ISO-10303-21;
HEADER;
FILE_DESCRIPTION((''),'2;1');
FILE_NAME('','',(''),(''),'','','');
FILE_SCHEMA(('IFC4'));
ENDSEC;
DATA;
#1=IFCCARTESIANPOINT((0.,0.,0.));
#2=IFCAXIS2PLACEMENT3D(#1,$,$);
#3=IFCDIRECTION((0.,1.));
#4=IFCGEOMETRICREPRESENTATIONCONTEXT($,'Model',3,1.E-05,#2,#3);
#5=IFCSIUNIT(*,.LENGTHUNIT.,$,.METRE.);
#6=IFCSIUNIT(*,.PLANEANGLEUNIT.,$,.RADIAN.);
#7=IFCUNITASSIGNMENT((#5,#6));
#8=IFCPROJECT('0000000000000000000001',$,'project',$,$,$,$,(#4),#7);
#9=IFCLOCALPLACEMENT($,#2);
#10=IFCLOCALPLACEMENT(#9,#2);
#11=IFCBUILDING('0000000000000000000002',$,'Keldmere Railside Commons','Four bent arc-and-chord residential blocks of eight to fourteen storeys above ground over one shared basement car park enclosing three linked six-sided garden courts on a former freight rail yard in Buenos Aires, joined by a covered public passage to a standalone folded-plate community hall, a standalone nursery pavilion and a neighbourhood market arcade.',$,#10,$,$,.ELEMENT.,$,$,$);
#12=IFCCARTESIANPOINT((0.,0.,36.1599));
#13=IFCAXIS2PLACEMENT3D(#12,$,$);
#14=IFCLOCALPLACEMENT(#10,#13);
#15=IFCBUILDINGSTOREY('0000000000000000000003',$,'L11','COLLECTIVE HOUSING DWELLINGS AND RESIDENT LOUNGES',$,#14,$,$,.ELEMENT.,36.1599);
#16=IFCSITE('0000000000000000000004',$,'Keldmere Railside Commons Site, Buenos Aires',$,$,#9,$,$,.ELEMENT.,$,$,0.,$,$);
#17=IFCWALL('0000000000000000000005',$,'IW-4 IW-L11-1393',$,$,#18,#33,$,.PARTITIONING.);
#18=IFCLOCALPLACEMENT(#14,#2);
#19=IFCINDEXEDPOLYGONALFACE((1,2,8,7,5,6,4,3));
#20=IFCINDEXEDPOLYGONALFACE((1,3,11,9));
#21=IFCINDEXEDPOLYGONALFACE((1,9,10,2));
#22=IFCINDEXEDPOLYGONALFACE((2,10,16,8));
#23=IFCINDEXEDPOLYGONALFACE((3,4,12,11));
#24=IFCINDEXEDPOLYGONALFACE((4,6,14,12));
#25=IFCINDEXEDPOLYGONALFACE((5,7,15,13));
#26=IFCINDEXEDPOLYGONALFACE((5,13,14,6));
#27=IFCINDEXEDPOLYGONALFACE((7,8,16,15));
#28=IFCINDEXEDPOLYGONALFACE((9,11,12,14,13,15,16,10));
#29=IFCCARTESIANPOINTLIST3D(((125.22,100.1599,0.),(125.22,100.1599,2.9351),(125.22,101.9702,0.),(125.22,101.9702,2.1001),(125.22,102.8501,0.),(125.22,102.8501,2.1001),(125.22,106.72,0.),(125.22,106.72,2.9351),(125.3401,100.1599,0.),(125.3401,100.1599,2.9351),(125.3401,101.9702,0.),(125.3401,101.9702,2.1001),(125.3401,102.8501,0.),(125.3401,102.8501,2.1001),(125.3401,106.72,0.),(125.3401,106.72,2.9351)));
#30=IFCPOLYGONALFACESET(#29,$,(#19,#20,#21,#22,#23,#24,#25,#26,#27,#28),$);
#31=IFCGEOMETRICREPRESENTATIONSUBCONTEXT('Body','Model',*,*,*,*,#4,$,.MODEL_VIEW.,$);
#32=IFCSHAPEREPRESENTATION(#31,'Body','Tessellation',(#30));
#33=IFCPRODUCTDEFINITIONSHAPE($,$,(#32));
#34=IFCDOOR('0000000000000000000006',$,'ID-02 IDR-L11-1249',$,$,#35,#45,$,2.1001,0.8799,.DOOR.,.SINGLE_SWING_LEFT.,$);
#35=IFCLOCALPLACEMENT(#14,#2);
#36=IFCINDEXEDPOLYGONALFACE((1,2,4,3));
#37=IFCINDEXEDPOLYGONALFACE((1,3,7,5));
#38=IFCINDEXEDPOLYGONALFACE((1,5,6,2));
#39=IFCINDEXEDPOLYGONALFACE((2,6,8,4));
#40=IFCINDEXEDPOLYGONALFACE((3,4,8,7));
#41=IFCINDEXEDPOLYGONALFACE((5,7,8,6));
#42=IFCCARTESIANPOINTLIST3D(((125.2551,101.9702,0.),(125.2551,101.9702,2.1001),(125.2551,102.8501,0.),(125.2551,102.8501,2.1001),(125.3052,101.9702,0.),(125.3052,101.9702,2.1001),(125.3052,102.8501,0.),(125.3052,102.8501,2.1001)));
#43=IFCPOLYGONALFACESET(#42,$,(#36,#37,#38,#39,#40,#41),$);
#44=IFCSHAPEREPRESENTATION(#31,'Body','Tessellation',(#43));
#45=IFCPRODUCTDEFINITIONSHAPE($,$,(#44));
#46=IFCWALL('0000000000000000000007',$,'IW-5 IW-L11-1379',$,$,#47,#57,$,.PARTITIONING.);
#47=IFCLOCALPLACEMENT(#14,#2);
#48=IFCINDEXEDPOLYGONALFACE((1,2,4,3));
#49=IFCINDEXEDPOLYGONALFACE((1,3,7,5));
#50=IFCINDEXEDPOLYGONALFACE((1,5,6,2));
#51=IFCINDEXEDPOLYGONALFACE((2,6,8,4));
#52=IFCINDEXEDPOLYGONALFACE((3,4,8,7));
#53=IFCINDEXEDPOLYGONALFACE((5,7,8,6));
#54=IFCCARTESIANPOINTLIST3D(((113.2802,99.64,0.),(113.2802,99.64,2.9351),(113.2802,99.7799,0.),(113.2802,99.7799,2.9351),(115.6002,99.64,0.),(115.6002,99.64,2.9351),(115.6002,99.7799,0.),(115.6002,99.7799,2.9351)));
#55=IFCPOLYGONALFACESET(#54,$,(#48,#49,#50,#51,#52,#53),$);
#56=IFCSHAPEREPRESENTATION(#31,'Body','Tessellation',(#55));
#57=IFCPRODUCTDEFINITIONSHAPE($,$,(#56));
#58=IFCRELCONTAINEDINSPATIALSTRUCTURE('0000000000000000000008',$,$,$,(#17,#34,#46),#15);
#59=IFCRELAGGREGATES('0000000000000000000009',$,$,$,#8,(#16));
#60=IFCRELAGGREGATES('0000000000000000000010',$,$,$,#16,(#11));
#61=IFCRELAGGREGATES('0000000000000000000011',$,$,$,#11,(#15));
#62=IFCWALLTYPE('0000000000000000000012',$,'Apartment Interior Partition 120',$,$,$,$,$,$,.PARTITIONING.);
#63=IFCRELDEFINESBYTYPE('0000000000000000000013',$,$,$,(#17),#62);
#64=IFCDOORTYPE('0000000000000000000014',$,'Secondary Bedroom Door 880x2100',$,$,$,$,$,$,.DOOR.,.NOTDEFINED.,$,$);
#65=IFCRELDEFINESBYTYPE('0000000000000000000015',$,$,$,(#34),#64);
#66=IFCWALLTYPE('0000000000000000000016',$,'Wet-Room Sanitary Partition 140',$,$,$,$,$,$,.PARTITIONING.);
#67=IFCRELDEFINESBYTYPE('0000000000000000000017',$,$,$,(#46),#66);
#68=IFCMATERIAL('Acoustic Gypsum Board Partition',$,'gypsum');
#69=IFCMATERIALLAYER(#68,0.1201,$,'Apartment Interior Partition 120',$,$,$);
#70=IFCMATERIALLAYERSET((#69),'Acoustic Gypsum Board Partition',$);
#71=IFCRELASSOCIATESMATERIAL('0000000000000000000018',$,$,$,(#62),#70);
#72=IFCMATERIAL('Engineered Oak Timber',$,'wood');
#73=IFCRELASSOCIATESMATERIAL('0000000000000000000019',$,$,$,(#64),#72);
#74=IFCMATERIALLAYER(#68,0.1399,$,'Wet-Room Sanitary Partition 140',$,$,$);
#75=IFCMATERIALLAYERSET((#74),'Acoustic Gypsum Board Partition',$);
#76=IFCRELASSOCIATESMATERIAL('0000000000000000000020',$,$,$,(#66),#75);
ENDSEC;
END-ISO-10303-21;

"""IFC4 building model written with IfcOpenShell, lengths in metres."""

from ifc_helpers import new_model, si_unit, direction, frame, frame_2d, origin, place, context, subcontext, project, spatial, rectangle, extrude, material, layer, layer_set, type_object, element, fill, save


model = new_model("IFC4")

# Units and contexts
model_context = context("Model", 3, precision=1e-05, world=origin(), true_north=direction((0.0, 1.0)))
body_context = subcontext(model_context, "Body", "Model", "MODEL_VIEW")
ifc_project = project(units=[si_unit("LENGTHUNIT", "METRE"), si_unit("PLANEANGLEUNIT", "RADIAN")], contexts=[model_context])

# Site, building, storey
site_placement = place(None, origin())
site = spatial("IfcSite", under=ifc_project, at=site_placement, Name="Keldmere Railside Commons Site, Buenos Aires", CompositionType="ELEMENT", RefElevation=0.0)
building_placement = place(site_placement, origin())
building = spatial("IfcBuilding", under=site, at=building_placement, Name="Keldmere Railside Commons", Description="Four bent arc-and-chord residential blocks of eight to fourteen storeys above ground over one shared basement car park enclosing three linked six-sided garden courts on a former freight rail yard in Buenos Aires, joined by a covered public passage to a standalone folded-plate community hall, a standalone nursery pavilion and a neighbourhood market arcade.", CompositionType="ELEMENT")
storey_placement = place(building_placement, frame((0.0, 0.0, 36.1599)))
storey = spatial("IfcBuildingStorey", under=building, at=storey_placement, Name="L11", Description="COLLECTIVE HOUSING DWELLINGS AND RESIDENT LOUNGES", CompositionType="ELEMENT", Elevation=36.1599)

# Shared definitions
ifc_material_1 = material(Name="Acoustic Gypsum Board Partition", Category="gypsum")

# Wall, opening, door
ifc_layer_1 = layer(ifc_material_1, 0.1201, Name="Apartment Interior Partition 120")
ifc_layer_set_1 = layer_set([ifc_layer_1], Name="Acoustic Gypsum Board Partition")
wall_type_1 = type_object("IfcWallType", Name="Apartment Interior Partition 120", PredefinedType="PARTITIONING", material=ifc_layer_set_1)
ifc_material_2 = material(Name="Engineered Oak Timber", Category="wood")
wall_1_placement = place(storey_placement, frame((125.28, 100.1599, 0.0), z_axis=(0.0, 0.0, 1.0), x_axis=(0.0, 1.0, 0.0)))
wall_1 = element("IfcWall", 1, at=wall_1_placement, inside=storey, type_object=wall_type_1, Name="IW-4 IW-L11-1393", PredefinedType="PARTITIONING", context=body_context, shape_type="SweptSolid", body=[
    extrude(rectangle(XDim=6.5601, YDim=0.1201, at=frame_2d((3.28, 0.0))), origin(), (0.0, 0.0, 1.0), 2.9351),
])
opening_1_placement = place(wall_1_placement, frame((1.8103, 0.0, 0.0)))
opening_1 = element("IfcOpeningElement", 2, at=opening_1_placement, cuts=wall_1, PredefinedType="OPENING", context=body_context, shape_type="SweptSolid", body=[
    extrude(rectangle(XDim=0.8799, YDim=2.1001, at=frame_2d((0.4399, 1.05))), frame((0.0, 0.0701, 0.0), z_axis=(0.0, -1.0, 0.0), x_axis=(1.0, 0.0, 0.0)), (0.0, 0.0, 1.0), 0.1401),
])
door_type_1 = type_object("IfcDoorType", Name="Secondary Bedroom Door 880x2100", OperationType="NOTDEFINED", PredefinedType="DOOR", material=ifc_material_2)
door_1_placement = place(opening_1_placement, origin())
door_1 = element("IfcDoor", 3, at=door_1_placement, inside=storey, type_object=door_type_1, Name="ID-02 IDR-L11-1249", OperationType="SINGLE_SWING_LEFT", OverallHeight=2.1001, OverallWidth=0.8799, PredefinedType="DOOR", context=body_context, shape_type="SweptSolid", body=[
    extrude(rectangle(XDim=0.8799, YDim=2.1001, at=frame_2d((0.4399, 1.05))), frame((0.0, 0.0249, 0.0), z_axis=(0.0, -1.0, 0.0), x_axis=(1.0, 0.0, 0.0)), (0.0, 0.0, 1.0), 0.05),
])
fill(opening_1, door_1)

# Wall
ifc_layer_2 = layer(ifc_material_1, 0.1399, Name="Wet-Room Sanitary Partition 140")
ifc_layer_set_2 = layer_set([ifc_layer_2], Name="Acoustic Gypsum Board Partition")
wall_type_2 = type_object("IfcWallType", Name="Wet-Room Sanitary Partition 140", PredefinedType="PARTITIONING", material=ifc_layer_set_2)
wall_2_placement = place(storey_placement, frame((113.28, 99.71, 0.0), z_axis=(0.0, 0.0, 1.0), x_axis=(1.0, 0.0, 0.0)))
element("IfcWall", 4, at=wall_2_placement, inside=storey, type_object=wall_type_2, Name="IW-5 IW-L11-1379", PredefinedType="PARTITIONING", context=body_context, shape_type="SweptSolid", body=[
    extrude(rectangle(XDim=2.3201, YDim=0.1399, at=frame_2d((1.1602, 0.0))), origin(), (0.0, 0.0, 1.0), 2.9351),
])

save(model, "model.ifc")
